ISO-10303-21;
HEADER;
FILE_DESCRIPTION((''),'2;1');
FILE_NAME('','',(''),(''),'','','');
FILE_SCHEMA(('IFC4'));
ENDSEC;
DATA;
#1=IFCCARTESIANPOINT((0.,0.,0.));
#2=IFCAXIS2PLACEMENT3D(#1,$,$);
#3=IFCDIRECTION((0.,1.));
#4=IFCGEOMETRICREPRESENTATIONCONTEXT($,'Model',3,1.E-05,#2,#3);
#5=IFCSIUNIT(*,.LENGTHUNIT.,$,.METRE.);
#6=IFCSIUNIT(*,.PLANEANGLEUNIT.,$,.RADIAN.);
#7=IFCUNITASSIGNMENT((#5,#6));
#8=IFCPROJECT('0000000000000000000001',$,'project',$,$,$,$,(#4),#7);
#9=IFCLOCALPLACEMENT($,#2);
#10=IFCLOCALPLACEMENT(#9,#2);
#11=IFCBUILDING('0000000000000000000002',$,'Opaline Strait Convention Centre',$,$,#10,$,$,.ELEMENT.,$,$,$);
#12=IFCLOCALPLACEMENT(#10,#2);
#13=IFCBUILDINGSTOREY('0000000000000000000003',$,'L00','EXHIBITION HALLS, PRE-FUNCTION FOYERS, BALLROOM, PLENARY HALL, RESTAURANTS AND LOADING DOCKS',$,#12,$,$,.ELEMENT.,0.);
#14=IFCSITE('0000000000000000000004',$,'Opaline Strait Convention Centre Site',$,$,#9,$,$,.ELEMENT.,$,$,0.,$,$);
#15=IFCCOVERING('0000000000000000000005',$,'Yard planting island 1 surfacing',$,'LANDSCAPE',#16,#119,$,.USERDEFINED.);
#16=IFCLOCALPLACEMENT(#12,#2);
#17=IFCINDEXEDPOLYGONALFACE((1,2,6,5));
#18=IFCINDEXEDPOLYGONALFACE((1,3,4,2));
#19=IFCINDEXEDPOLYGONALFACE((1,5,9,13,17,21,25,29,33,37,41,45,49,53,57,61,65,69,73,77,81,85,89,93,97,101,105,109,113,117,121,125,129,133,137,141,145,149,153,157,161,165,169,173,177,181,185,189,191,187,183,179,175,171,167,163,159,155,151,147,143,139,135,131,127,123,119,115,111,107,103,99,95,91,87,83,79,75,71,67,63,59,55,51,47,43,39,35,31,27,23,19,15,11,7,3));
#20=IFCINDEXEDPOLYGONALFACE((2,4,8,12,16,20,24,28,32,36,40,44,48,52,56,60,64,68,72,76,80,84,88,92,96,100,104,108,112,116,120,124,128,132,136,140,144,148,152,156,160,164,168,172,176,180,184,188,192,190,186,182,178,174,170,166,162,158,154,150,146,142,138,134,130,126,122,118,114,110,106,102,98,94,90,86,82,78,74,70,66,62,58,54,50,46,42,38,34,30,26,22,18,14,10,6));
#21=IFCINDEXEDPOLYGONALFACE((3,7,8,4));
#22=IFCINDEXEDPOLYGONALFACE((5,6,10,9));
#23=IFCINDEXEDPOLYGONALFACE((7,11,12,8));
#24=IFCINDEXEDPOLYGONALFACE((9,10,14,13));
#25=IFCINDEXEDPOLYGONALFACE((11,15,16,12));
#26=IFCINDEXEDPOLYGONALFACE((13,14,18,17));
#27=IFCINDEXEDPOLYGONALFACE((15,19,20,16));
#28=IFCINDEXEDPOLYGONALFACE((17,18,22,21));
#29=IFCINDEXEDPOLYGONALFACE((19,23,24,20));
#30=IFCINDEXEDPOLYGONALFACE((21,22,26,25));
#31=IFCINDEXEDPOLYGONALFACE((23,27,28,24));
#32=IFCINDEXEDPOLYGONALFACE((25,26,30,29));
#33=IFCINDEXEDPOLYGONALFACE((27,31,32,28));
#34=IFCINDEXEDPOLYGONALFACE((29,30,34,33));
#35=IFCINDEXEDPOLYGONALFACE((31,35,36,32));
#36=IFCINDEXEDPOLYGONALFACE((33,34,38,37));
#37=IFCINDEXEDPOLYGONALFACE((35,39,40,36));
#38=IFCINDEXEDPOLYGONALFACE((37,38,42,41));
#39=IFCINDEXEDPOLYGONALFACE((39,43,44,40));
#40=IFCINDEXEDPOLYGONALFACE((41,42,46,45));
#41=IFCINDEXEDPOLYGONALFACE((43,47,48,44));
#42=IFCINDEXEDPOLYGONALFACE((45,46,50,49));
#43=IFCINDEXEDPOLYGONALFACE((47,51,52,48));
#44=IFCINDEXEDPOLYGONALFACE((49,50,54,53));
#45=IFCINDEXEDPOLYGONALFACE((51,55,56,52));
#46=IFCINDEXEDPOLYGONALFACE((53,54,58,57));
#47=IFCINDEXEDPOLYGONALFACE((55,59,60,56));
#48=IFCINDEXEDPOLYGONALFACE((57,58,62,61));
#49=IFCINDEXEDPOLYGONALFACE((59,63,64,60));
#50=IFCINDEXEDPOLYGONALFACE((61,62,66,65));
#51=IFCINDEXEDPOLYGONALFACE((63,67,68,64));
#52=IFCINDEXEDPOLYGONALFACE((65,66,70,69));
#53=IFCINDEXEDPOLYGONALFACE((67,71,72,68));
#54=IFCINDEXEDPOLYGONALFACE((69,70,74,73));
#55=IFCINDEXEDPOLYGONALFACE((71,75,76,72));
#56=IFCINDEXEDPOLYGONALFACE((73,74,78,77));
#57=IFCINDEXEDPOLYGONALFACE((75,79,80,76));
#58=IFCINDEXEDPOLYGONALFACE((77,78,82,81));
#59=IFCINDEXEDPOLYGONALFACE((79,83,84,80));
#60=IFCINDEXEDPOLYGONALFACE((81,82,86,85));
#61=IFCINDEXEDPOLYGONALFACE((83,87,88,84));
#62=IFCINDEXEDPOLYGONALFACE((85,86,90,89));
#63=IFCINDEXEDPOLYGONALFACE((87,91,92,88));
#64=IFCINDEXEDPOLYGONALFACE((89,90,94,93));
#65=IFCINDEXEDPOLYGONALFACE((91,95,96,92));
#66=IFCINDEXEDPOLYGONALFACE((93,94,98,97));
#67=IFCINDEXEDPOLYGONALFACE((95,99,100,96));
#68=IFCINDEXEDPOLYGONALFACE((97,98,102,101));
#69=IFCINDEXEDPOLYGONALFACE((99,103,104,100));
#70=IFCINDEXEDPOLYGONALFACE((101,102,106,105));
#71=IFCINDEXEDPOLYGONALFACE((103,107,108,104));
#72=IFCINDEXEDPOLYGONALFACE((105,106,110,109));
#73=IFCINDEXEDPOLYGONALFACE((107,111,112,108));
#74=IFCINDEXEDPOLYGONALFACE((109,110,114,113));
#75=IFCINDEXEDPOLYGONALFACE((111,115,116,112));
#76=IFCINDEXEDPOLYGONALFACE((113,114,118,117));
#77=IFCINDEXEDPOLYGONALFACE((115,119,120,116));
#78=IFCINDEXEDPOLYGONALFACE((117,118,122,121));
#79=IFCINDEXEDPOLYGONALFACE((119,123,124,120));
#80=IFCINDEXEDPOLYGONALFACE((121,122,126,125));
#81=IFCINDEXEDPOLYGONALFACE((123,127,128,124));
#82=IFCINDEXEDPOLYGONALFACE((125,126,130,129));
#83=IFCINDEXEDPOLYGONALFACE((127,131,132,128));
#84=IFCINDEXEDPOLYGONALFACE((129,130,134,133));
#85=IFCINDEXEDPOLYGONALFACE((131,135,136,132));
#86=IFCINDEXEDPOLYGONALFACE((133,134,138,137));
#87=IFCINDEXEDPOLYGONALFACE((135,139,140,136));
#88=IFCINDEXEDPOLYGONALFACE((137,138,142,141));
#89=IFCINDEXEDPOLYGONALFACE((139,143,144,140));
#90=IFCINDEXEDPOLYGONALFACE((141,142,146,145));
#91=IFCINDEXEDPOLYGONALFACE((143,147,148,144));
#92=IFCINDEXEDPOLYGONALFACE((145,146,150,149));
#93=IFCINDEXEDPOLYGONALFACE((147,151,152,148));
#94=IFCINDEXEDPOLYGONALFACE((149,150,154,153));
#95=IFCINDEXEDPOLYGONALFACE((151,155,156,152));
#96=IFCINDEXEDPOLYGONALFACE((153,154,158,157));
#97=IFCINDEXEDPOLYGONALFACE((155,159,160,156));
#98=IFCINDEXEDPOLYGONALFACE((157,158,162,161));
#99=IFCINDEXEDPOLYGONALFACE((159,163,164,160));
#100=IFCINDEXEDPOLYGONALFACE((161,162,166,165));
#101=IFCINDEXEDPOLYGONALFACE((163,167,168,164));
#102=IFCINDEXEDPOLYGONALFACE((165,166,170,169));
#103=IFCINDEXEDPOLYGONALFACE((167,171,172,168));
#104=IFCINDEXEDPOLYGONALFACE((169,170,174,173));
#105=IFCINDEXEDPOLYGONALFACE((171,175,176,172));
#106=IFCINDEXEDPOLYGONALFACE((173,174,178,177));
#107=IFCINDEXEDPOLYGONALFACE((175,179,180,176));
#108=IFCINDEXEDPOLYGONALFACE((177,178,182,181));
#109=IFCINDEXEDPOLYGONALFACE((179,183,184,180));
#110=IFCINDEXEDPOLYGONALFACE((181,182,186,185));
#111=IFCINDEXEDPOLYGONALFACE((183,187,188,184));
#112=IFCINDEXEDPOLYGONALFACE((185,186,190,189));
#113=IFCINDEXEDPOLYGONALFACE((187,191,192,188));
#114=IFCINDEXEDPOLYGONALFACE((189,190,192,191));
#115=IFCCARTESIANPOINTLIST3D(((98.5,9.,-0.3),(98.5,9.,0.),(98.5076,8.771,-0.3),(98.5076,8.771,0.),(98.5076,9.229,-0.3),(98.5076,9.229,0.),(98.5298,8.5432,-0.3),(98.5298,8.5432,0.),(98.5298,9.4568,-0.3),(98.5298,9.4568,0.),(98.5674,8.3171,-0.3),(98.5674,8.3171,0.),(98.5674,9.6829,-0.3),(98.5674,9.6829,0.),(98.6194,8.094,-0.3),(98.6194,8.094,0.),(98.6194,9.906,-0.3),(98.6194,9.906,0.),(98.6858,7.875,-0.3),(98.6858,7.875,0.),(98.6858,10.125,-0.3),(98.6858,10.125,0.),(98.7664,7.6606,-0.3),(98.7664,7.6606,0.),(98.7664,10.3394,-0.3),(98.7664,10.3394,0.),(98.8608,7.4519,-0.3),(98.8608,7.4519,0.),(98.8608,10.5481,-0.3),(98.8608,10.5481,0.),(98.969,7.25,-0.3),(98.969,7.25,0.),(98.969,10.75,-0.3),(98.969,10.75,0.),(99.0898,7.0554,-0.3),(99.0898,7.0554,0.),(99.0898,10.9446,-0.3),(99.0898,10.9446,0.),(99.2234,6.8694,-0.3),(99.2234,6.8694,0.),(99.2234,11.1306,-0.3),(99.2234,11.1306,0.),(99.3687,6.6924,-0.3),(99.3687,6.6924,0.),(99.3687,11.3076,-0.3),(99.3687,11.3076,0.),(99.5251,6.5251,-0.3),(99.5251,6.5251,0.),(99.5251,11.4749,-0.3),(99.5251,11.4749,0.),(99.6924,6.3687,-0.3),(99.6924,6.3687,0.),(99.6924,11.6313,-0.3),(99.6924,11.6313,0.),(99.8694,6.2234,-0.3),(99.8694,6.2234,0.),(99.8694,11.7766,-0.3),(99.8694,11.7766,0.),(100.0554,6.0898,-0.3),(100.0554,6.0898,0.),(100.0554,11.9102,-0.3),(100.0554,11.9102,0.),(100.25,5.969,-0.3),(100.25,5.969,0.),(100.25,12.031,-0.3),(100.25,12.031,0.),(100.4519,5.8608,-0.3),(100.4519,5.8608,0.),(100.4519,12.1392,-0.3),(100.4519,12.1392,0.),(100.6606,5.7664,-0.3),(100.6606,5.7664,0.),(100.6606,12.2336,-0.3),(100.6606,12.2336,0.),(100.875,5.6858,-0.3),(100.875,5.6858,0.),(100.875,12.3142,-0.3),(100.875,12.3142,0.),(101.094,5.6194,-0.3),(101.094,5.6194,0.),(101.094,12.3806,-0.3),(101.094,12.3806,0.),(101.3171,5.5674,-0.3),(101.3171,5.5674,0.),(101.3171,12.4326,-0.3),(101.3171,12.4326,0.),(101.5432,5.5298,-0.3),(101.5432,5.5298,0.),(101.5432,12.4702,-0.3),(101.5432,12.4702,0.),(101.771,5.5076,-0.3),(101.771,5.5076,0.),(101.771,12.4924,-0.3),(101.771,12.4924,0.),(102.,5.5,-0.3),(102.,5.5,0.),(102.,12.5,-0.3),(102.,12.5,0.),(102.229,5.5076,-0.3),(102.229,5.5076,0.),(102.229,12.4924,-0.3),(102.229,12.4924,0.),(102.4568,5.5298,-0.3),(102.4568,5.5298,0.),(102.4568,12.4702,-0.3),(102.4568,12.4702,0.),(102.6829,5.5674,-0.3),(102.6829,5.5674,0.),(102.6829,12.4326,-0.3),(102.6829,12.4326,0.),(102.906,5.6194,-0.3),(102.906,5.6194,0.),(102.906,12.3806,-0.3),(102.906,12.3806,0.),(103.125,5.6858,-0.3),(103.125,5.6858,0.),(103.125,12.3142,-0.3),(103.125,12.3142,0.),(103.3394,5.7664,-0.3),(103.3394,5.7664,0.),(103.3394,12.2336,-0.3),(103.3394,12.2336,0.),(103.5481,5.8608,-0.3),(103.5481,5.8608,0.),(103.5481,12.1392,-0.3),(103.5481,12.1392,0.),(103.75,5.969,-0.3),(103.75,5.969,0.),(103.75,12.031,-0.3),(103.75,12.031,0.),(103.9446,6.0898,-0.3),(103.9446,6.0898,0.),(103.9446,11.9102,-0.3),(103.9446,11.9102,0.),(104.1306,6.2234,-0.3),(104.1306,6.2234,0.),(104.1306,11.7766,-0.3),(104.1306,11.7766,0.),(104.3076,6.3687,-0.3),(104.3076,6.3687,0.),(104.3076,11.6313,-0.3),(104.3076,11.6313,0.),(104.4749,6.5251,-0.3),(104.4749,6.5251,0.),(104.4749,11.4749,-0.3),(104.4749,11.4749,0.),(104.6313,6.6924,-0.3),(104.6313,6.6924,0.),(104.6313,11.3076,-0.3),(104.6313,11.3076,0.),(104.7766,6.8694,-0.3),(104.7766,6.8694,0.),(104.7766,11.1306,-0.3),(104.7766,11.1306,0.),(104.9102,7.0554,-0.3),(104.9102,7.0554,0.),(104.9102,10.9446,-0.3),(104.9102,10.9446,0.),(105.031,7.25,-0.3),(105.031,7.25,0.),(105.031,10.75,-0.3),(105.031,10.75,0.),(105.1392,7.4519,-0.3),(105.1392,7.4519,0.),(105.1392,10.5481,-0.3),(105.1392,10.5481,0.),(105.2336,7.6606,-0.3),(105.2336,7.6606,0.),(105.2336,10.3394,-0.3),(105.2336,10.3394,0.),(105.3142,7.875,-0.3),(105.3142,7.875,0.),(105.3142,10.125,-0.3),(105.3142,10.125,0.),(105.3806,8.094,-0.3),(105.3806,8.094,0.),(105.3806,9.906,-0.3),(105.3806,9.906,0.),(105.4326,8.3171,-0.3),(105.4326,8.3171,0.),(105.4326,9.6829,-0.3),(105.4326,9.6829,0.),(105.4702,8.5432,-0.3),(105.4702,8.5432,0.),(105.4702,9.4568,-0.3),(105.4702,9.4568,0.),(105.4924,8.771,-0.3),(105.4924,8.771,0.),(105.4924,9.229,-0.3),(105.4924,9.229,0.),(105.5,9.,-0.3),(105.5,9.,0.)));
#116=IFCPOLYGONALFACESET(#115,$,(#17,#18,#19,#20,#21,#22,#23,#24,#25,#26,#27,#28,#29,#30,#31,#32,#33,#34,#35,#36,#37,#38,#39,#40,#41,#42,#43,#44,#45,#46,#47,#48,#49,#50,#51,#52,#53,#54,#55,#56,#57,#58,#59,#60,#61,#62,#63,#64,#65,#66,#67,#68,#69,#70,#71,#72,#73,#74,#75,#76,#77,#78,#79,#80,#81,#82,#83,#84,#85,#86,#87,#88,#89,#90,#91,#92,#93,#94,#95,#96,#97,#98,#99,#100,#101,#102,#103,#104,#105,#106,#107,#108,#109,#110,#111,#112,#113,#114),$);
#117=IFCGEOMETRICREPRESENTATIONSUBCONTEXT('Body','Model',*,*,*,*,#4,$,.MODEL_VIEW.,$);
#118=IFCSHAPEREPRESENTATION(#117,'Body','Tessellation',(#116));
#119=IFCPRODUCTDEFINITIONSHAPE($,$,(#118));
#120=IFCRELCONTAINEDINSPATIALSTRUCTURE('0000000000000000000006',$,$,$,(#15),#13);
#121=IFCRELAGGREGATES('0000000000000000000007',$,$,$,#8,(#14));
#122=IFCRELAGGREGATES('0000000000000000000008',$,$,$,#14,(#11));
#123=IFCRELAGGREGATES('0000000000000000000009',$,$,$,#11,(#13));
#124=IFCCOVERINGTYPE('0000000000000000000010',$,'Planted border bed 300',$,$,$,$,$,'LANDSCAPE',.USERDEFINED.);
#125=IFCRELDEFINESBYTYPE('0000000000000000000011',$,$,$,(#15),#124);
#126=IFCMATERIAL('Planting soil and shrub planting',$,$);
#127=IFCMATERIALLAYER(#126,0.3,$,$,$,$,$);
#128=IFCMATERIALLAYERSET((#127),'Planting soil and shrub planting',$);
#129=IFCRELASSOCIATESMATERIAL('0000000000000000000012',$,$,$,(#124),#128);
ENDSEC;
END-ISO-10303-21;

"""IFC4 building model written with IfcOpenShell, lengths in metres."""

from ifc_helpers import new_model, si_unit, direction, frame, origin, place, context, subcontext, project, spatial, polyline, outline, extrude, material, layer, layer_set, type_object, element, save


model = new_model("IFC4")

# Units and contexts
model_context = context("Model", 3, precision=1e-05, world=origin(), true_north=direction((0.0, 1.0)))
body_context = subcontext(model_context, "Body", "Model", "MODEL_VIEW")
ifc_project = project(units=[si_unit("LENGTHUNIT", "METRE"), si_unit("PLANEANGLEUNIT", "RADIAN")], contexts=[model_context])

# Site, building, storey
site_placement = place(None, origin())
site = spatial("IfcSite", under=ifc_project, at=site_placement, Name="Opaline Strait Convention Centre Site", CompositionType="ELEMENT", RefElevation=0.0)
building_placement = place(site_placement, origin())
building = spatial("IfcBuilding", under=site, at=building_placement, Name="Opaline Strait Convention Centre", CompositionType="ELEMENT")
storey_placement = place(building_placement, origin())
storey = spatial("IfcBuildingStorey", under=building, at=storey_placement, Name="L00", Description="EXHIBITION HALLS, PRE-FUNCTION FOYERS, BALLROOM, PLENARY HALL, RESTAURANTS AND LOADING DOCKS", CompositionType="ELEMENT", Elevation=0.0)

# Covering
ifc_material_1 = material(Name="Planting soil and shrub planting")
ifc_layer_1 = layer(ifc_material_1, 0.3)
ifc_layer_set_1 = layer_set([ifc_layer_1], Name="Planting soil and shrub planting")
covering_type_1 = type_object("IfcCoveringType", Name="Planted border bed 300", ElementType="LANDSCAPE", PredefinedType="USERDEFINED", material=ifc_layer_set_1)
covering_1_placement = place(storey_placement, frame((0.0, 0.0, -0.3)))
element("IfcCovering", 1, at=covering_1_placement, inside=storey, type_object=covering_type_1, Name="Yard planting island 1 surfacing", ObjectType="LANDSCAPE", PredefinedType="USERDEFINED", context=body_context, shape_type="SweptSolid", body=[
    extrude(outline(polyline([(105.4326, 8.3171), (105.4702, 8.5432), (105.4924, 8.771), (105.5, 9.0), (105.4924, 9.229), (105.4702, 9.4568), (105.4326, 9.6829), (105.3806, 9.906), (105.3142, 10.125), (105.2336, 10.3394), (105.1392, 10.5481), (105.031, 10.75), (104.9102, 10.9446), (104.7766, 11.1306), (104.6313, 11.3076), (104.4749, 11.4749), (104.3076, 11.6313), (104.1306, 11.7766), (103.9446, 11.9102), (103.75, 12.031), (103.5481, 12.1392), (103.3394, 12.2336), (103.125, 12.3142), (102.906, 12.3806), (102.6829, 12.4326), (102.4568, 12.4702), (102.229, 12.4924), (102.0, 12.5), (101.771, 12.4924), (101.5432, 12.4702), (101.3171, 12.4326), (101.094, 12.3806), (100.875, 12.3142), (100.6606, 12.2336), (100.4519, 12.1392), (100.25, 12.031), (100.0554, 11.9102), (99.8694, 11.7766), (99.6924, 11.6313), (99.5251, 11.4749), (99.3687, 11.3076), (99.2234, 11.1306), (99.0898, 10.9446), (98.969, 10.75), (98.8608, 10.5481), (98.7664, 10.3394), (98.6858, 10.125), (98.6194, 9.906), (98.5674, 9.6829), (98.5298, 9.4568), (98.5076, 9.229), (98.5, 9.0), (98.5076, 8.771), (98.5298, 8.5432), (98.5674, 8.3171), (98.6194, 8.094), (98.6858, 7.875), (98.7664, 7.6606), (98.8608, 7.4519), (98.969, 7.25), (99.0898, 7.0554), (99.2234, 6.8694), (99.3687, 6.6924), (99.5251, 6.5251), (99.6924, 6.3687), (99.8694, 6.2234), (100.0554, 6.0898), (100.25, 5.969), (100.4519, 5.8608), (100.6606, 5.7664), (100.875, 5.6858), (101.094, 5.6194), (101.3171, 5.5674), (101.5432, 5.5298), (101.771, 5.5076), (102.0, 5.5), (102.229, 5.5076), (102.4568, 5.5298), (102.6829, 5.5674), (102.906, 5.6194), (103.125, 5.6858), (103.3394, 5.7664), (103.5481, 5.8608), (103.75, 5.969), (103.9446, 6.0898), (104.1306, 6.2234), (104.3076, 6.3687), (104.4749, 6.5251), (104.6313, 6.6924), (104.7766, 6.8694), (104.9102, 7.0554), (105.031, 7.25), (105.1392, 7.4519), (105.2336, 7.6606), (105.3142, 7.875), (105.3806, 8.094), (105.4326, 8.3171)])), origin(), (0.0, 0.0, 1.0), 0.3),
])

save(model, "model.ifc")
